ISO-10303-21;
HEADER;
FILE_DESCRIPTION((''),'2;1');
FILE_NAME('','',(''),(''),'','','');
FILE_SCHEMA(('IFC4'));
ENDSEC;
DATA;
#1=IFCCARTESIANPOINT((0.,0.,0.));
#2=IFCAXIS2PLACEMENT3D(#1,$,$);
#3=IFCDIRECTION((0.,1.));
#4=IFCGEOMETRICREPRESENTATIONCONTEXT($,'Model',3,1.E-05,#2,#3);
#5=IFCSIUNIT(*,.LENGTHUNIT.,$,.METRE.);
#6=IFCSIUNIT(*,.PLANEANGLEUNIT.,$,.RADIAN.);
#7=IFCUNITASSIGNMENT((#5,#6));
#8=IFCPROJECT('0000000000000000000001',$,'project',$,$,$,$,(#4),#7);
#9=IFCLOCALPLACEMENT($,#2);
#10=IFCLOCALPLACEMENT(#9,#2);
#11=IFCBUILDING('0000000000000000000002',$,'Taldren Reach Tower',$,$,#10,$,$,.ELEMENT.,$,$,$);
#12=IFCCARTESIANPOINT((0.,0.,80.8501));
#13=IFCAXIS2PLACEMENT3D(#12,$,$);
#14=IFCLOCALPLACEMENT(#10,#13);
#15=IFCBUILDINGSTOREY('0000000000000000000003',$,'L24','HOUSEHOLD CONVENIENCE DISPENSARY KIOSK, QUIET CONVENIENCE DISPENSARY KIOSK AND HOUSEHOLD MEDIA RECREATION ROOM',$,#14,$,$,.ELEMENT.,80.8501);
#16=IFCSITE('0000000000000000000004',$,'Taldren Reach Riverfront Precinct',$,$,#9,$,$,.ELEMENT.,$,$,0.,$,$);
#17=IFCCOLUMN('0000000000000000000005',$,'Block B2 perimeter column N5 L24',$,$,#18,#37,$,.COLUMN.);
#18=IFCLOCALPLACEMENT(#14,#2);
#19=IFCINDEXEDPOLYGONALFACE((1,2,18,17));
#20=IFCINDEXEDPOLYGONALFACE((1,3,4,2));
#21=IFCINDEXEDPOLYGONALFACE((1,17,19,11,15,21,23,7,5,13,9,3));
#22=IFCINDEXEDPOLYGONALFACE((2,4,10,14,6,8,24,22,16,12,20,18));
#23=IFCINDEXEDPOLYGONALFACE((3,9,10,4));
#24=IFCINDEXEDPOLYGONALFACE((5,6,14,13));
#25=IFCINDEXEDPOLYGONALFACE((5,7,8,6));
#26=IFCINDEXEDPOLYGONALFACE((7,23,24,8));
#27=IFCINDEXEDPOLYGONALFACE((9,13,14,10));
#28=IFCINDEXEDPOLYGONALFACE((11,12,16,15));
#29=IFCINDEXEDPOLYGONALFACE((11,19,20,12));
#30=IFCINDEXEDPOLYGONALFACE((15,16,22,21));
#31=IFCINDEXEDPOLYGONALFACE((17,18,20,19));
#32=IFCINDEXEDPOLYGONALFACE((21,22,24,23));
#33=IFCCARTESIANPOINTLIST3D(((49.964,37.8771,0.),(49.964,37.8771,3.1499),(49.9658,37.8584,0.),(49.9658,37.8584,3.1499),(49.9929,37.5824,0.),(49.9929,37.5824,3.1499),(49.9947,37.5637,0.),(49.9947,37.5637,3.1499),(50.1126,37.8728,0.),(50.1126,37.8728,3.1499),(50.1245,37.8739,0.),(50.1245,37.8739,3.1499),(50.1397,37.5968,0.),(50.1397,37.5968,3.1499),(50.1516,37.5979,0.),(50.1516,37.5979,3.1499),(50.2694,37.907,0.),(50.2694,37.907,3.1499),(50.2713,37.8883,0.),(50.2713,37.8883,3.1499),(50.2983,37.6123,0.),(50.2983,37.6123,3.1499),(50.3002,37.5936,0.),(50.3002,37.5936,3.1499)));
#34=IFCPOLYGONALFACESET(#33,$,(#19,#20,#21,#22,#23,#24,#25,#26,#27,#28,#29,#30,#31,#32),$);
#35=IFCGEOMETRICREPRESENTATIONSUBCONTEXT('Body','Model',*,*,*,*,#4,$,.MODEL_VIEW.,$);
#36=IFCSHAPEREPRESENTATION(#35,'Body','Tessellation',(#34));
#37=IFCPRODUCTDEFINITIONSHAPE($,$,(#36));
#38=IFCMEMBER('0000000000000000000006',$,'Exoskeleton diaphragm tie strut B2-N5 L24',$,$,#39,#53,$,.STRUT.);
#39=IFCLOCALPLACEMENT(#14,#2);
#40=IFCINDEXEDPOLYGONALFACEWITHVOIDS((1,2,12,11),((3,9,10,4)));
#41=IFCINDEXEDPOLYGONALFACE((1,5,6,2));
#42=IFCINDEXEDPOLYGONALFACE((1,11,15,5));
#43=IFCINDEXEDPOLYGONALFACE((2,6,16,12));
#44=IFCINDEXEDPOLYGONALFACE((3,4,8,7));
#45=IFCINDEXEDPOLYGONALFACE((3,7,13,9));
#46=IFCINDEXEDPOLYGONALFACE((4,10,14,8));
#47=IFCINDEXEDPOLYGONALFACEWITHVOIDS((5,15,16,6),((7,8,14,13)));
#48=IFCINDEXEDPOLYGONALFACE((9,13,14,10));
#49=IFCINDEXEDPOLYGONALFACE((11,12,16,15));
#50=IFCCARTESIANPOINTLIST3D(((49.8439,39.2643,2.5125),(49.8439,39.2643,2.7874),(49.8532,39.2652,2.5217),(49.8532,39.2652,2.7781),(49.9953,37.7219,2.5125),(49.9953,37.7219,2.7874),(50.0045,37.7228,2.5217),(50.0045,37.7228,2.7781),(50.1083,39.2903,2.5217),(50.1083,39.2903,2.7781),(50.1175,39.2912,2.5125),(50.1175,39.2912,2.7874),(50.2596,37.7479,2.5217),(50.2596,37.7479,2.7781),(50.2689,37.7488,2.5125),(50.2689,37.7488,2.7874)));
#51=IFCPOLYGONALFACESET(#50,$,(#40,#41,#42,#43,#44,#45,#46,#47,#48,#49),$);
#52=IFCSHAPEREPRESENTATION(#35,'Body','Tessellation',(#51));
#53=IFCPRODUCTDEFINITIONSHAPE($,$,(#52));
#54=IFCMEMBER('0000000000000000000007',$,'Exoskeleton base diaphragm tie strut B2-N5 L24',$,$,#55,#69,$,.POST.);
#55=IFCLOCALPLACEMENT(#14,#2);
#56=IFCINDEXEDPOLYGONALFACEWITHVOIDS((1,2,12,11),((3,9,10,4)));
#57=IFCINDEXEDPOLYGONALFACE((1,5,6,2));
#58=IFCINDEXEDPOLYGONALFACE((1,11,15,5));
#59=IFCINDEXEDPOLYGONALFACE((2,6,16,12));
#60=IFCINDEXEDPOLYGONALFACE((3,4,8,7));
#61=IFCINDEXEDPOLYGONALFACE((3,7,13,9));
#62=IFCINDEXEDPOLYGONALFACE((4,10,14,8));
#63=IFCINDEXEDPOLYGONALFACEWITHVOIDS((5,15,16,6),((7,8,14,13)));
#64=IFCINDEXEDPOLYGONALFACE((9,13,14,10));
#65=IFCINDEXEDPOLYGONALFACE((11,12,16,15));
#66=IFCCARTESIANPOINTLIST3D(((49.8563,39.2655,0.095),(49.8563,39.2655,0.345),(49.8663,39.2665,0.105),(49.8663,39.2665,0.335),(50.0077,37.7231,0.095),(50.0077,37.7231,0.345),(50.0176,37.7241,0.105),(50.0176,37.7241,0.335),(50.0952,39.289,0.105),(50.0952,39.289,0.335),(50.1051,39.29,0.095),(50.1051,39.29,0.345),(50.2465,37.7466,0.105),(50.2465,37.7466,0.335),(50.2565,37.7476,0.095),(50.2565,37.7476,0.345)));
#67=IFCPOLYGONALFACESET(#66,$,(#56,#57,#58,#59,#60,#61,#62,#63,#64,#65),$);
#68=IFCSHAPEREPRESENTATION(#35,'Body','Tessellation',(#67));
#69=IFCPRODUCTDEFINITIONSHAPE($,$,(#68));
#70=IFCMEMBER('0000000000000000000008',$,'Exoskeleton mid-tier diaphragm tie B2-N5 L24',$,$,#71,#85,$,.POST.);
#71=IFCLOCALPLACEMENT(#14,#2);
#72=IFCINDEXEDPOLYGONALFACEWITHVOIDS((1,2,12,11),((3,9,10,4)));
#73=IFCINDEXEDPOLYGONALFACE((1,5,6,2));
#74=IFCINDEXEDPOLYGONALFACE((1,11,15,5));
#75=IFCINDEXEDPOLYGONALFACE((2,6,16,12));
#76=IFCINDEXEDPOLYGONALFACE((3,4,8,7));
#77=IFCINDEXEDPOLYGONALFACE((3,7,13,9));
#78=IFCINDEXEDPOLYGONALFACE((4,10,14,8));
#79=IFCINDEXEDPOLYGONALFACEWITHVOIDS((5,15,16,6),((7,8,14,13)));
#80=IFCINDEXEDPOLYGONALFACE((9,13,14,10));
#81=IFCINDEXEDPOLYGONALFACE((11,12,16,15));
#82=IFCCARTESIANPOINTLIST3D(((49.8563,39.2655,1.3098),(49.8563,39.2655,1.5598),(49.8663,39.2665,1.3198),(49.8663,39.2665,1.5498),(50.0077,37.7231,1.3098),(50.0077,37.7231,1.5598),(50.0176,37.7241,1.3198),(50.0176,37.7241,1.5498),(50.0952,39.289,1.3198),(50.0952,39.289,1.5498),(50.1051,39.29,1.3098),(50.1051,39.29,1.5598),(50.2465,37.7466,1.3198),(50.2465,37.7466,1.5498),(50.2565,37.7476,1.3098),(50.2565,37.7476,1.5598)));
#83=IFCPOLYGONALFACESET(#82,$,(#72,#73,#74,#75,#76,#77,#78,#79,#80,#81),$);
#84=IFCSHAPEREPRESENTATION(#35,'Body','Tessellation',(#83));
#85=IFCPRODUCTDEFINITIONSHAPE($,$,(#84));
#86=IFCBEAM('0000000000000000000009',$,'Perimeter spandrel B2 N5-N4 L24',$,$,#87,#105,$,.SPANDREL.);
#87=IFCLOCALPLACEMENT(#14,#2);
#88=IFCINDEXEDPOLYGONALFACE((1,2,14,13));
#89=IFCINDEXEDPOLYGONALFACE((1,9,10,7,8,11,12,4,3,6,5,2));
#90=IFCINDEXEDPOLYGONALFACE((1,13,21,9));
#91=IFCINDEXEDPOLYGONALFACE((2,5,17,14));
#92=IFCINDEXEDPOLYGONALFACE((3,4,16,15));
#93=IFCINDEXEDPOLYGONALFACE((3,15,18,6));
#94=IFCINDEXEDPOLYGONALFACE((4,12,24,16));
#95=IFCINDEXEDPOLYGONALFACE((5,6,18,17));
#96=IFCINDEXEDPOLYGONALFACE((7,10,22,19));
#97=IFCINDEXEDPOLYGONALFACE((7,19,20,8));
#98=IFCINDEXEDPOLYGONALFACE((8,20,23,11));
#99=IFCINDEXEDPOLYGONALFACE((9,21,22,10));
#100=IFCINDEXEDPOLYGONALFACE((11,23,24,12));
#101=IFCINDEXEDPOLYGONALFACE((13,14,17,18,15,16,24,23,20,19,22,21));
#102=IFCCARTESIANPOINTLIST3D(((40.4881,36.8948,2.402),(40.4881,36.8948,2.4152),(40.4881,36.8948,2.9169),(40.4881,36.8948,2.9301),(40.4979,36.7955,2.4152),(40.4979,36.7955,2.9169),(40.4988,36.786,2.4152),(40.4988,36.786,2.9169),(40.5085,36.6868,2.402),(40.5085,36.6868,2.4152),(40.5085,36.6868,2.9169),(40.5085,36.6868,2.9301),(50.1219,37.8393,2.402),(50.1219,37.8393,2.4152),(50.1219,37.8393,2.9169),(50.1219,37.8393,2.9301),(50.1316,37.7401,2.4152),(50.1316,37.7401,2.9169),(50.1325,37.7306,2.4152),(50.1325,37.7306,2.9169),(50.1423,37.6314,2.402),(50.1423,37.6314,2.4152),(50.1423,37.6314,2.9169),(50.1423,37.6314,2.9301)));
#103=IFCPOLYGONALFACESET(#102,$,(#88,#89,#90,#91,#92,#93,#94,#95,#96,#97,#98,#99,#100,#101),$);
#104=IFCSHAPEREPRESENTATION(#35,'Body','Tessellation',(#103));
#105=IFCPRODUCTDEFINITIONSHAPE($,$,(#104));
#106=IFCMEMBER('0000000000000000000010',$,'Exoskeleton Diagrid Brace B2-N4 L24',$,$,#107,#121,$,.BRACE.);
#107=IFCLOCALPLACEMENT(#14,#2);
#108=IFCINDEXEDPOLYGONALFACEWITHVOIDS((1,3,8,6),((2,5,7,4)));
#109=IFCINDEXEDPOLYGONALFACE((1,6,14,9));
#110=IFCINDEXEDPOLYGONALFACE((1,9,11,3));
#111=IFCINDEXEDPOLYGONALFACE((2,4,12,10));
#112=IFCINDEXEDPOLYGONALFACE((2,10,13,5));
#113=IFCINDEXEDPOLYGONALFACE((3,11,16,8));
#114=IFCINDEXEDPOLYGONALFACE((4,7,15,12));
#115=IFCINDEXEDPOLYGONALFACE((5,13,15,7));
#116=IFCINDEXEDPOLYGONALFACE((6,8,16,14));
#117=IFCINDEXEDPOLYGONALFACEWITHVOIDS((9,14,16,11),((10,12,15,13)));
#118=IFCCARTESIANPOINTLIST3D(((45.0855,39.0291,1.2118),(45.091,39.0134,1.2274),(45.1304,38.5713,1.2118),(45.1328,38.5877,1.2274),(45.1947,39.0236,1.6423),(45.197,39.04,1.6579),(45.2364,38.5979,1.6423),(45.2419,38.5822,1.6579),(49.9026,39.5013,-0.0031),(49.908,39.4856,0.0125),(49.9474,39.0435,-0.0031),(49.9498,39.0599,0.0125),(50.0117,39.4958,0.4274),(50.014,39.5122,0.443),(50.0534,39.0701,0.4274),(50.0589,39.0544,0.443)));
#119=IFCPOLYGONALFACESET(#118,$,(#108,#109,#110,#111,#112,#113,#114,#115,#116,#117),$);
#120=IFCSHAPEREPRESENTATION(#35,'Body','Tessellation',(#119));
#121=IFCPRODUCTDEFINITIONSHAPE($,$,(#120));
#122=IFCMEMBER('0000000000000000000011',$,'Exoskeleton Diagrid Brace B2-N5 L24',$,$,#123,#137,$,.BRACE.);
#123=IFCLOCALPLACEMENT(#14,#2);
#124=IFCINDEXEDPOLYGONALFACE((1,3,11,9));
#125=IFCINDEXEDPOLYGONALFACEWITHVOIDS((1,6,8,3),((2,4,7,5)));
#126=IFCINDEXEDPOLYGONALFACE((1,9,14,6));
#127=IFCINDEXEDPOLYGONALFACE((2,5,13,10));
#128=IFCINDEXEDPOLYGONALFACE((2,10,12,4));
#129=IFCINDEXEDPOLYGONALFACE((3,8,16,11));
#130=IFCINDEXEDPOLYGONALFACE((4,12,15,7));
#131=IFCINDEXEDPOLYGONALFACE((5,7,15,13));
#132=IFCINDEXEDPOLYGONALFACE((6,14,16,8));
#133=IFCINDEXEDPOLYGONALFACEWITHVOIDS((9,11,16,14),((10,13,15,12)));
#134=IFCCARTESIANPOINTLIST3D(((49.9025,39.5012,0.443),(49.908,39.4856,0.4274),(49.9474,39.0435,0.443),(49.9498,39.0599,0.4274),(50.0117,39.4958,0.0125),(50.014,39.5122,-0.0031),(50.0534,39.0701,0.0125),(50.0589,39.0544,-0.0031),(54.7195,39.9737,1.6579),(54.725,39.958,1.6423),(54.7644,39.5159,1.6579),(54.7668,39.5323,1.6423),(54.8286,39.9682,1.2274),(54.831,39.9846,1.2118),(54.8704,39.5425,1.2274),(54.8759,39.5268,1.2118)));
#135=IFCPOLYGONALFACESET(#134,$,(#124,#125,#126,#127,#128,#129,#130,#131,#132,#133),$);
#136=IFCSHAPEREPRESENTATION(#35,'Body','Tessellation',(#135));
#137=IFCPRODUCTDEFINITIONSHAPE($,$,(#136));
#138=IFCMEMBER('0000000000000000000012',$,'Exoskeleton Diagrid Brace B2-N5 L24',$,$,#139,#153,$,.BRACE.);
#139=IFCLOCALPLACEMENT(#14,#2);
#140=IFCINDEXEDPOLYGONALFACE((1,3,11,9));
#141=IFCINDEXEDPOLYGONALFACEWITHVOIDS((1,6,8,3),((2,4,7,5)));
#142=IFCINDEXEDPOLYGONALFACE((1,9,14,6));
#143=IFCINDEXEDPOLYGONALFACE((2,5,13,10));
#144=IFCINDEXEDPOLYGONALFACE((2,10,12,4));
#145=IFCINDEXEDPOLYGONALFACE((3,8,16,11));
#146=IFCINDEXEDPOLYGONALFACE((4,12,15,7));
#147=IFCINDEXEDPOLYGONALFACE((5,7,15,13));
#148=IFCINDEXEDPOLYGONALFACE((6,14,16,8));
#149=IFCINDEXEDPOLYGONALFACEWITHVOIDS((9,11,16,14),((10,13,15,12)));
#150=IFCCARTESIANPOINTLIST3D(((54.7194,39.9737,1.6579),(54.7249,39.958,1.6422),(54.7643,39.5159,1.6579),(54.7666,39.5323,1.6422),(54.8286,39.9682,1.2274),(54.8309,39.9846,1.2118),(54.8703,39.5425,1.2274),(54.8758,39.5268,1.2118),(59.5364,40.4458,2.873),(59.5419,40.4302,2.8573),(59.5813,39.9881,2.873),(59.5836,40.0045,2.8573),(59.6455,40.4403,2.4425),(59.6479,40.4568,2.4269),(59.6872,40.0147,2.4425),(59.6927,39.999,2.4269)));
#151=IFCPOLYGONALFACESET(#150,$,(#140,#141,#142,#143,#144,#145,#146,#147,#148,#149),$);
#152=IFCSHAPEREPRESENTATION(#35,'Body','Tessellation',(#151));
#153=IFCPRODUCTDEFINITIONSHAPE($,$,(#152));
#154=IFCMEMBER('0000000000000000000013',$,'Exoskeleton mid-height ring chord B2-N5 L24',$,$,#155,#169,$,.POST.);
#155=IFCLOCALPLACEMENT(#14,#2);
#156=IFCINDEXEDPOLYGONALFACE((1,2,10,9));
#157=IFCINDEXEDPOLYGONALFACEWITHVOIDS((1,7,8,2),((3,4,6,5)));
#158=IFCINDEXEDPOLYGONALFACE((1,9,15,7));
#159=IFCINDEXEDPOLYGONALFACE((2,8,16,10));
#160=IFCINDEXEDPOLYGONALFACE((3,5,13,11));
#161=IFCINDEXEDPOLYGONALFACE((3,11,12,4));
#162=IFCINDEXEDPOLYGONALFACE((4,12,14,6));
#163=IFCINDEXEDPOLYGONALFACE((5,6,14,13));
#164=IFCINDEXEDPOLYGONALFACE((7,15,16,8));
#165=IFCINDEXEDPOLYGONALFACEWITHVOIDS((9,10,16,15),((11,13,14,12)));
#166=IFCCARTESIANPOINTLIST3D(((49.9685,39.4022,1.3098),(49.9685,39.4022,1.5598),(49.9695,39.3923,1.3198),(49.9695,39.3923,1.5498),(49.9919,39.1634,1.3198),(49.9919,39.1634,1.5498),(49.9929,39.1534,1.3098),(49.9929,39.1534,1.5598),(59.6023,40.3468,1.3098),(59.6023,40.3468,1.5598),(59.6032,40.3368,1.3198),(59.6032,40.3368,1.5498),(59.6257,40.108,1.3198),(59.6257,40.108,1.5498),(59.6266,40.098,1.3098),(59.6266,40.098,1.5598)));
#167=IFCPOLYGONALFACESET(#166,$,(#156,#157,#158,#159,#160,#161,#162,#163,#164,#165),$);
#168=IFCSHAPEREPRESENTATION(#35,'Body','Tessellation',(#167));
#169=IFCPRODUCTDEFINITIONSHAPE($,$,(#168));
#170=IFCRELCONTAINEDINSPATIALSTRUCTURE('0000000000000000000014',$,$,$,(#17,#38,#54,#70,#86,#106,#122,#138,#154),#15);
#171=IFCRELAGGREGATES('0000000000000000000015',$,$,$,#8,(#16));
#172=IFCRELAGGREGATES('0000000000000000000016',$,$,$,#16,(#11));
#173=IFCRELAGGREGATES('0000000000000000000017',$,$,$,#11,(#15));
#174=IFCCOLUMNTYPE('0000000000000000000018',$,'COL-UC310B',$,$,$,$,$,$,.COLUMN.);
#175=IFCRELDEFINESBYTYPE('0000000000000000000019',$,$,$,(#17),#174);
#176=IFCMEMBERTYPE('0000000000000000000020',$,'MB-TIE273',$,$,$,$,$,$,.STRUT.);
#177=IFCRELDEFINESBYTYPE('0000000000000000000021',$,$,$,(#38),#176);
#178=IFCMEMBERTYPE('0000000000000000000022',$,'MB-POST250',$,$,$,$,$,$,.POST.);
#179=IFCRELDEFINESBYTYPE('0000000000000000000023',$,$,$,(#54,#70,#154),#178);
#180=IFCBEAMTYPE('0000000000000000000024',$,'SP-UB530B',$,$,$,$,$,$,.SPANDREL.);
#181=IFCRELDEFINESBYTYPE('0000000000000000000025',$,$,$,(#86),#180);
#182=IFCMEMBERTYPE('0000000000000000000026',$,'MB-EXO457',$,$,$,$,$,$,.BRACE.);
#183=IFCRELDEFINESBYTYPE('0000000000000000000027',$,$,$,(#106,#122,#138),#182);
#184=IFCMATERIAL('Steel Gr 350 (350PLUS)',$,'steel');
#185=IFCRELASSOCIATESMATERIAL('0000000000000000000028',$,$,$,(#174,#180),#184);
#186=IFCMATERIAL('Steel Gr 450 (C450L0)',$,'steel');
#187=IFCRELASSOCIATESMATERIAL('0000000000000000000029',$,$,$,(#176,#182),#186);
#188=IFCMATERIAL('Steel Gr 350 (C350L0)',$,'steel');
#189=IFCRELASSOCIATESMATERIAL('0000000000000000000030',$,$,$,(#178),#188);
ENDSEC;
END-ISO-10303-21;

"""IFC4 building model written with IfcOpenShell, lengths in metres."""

from ifc_helpers import new_model, si_unit, direction, frame, origin, origin_2d, place, context, subcontext, project, spatial, hollow_rectangle, i_section, extrude, source, transform, mapped, material, material_profile, profile_set, type_object, element, save


model = new_model("IFC4")

# Units and contexts
model_context = context("Model", 3, precision=1e-05, world=origin(), true_north=direction((0.0, 1.0)))
body_context = subcontext(model_context, "Body", "Model", "MODEL_VIEW")
ifc_project = project(units=[si_unit("LENGTHUNIT", "METRE"), si_unit("PLANEANGLEUNIT", "RADIAN")], contexts=[model_context])

# Site, building, storey
site_placement = place(None, origin())
site = spatial("IfcSite", under=ifc_project, at=site_placement, Name="Taldren Reach Riverfront Precinct", CompositionType="ELEMENT", RefElevation=0.0)
building_placement = place(site_placement, origin())
building = spatial("IfcBuilding", under=site, at=building_placement, Name="Taldren Reach Tower", CompositionType="ELEMENT")
storey_placement = place(building_placement, frame((0.0, 0.0, 80.8501)))
storey = spatial("IfcBuildingStorey", under=building, at=storey_placement, Name="L24", Description="HOUSEHOLD CONVENIENCE DISPENSARY KIOSK, QUIET CONVENIENCE DISPENSARY KIOSK AND HOUSEHOLD MEDIA RECREATION ROOM", CompositionType="ELEMENT", Elevation=80.8501)

# Column
ifc_material_1 = material(Name="Steel Gr 350 (350PLUS)", Category="steel")
ifc_material_profile_1 = material_profile(ifc_material_1, i_section(OverallWidth=0.3069, OverallDepth=0.3149, WebThickness=0.012, FlangeThickness=0.0188, at=origin_2d()), Name="310UC118")
ifc_profile_set_1 = profile_set([ifc_material_profile_1], Name="Steel Gr 350 (350PLUS)")
column_type = type_object("IfcColumnType", Name="COL-UC310B", PredefinedType="COLUMN", material=ifc_profile_set_1)
shared_shape_1 = source(origin(), body_context, "Body", "SweptSolid", [
    extrude(i_section(OverallWidth=0.3069, OverallDepth=0.3149, WebThickness=0.012, FlangeThickness=0.0188, at=origin_2d()), origin(), (0.0, 0.0, 1.0), 3.1499),
])
column_placement = place(storey_placement, frame((50.1321, 37.7354, 0.0), z_axis=(0.0, 0.0, 1.0), x_axis=(0.995227, 0.097583, 0.0)))
element("IfcColumn", 1, at=column_placement, inside=storey, type_object=column_type, Name="Block B2 perimeter column N5 L24", PredefinedType="COLUMN", context=body_context, shape_type="MappedRepresentation", body=[
    mapped(shared_shape_1, transform((0.0, 0.0, 0.0), scale=1.0)),
])

# Members
ifc_material_2 = material(Name="Steel Gr 450 (C450L0)", Category="steel")
ifc_material_profile_2 = material_profile(ifc_material_2, hollow_rectangle(XDim=0.2749, YDim=0.2749, WallThickness=0.0093, at=origin_2d()), Name="275x275x9.3SHS")
ifc_profile_set_2 = profile_set([ifc_material_profile_2], Name="Steel Gr 450 (C450L0)")
member_type_1 = type_object("IfcMemberType", Name="MB-TIE273", PredefinedType="STRUT", material=ifc_profile_set_2)
shared_shape_2 = source(origin(), body_context, "Body", "SweptSolid", [
    extrude(hollow_rectangle(XDim=0.2749, YDim=0.2749, WallThickness=0.0093, at=origin_2d()), origin(), (0.0, 0.0, 1.0), 1.5498),
])
member_1_placement = place(storey_placement, frame((50.1321, 37.7354, 2.6499), z_axis=(-0.097663, 0.99522, 0.0), x_axis=(-0.99522, -0.097663, 0.0)))
element("IfcMember", 2, at=member_1_placement, inside=storey, type_object=member_type_1, Name="Exoskeleton diaphragm tie strut B2-N5 L24", PredefinedType="STRUT", context=body_context, shape_type="MappedRepresentation", body=[
    mapped(shared_shape_2, transform((0.0, 0.0, 0.0), scale=1.0)),
])
ifc_material_3 = material(Name="Steel Gr 350 (C350L0)", Category="steel")
ifc_material_profile_3 = material_profile(ifc_material_3, hollow_rectangle(XDim=0.25, YDim=0.25, WallThickness=0.01, at=origin_2d()), Name="250x250x10.0SHS")
ifc_profile_set_3 = profile_set([ifc_material_profile_3], Name="Steel Gr 350 (C350L0)")
member_type_2 = type_object("IfcMemberType", Name="MB-POST250", PredefinedType="POST", material=ifc_profile_set_3)
shared_shape_3 = source(origin(), body_context, "Body", "SweptSolid", [
    extrude(hollow_rectangle(XDim=0.25, YDim=0.25, WallThickness=0.01, at=origin_2d()), origin(), (0.0, 0.0, 1.0), 1.5498),
])
for number, where, z_axis, x_axis, name in (
    (3, (50.1321, 37.7354, 0.22), (-0.097663, 0.99522, 0.0), (-0.99522, -0.097663, 0.0), "Exoskeleton base diaphragm tie strut B2-N5 L24"),
    (4, (50.1321, 37.7354, 1.4348), (-0.097663, 0.99522, 0.0), (-0.99522, -0.097663, 0.0), "Exoskeleton mid-tier diaphragm tie B2-N5 L24"),
):
    element("IfcMember", number, at=place(storey_placement, frame(where, z_axis=z_axis, x_axis=x_axis)), inside=storey, type_object=member_type_2, Name=name, PredefinedType="POST", context=body_context, shape_type="MappedRepresentation", body=[
        mapped(shared_shape_3, transform((0.0, 0.0, 0.0), scale=1.0)),
    ])

# Beam
ifc_material_profile_4 = material_profile(ifc_material_1, i_section(OverallWidth=0.209, OverallDepth=0.5281, WebThickness=0.0095, FlangeThickness=0.0132, at=origin_2d()), Name="530UB82.0")
ifc_profile_set_4 = profile_set([ifc_material_profile_4], Name="Steel Gr 350 (350PLUS)")
beam_type = type_object("IfcBeamType", Name="SP-UB530B", PredefinedType="SPANDREL", material=ifc_profile_set_4)
shared_shape_4 = source(origin(), body_context, "Body", "SweptSolid", [
    extrude(i_section(OverallWidth=0.209, OverallDepth=0.5281, WebThickness=0.0095, FlangeThickness=0.0132, at=origin_2d()), origin(), (0.0, 0.0, 1.0), 9.6799),
])
beam_placement = place(storey_placement, frame((50.1321, 37.7354, 2.666), z_axis=(-0.995228, -0.097581, 0.0), x_axis=(0.097581, -0.995228, 0.0)))
element("IfcBeam", 5, at=beam_placement, inside=storey, type_object=beam_type, Name="Perimeter spandrel B2 N5-N4 L24", PredefinedType="SPANDREL", context=body_context, shape_type="MappedRepresentation", body=[
    mapped(shared_shape_4, transform((0.0, 0.0, 0.0), scale=1.0)),
])

# Members
ifc_material_profile_5 = material_profile(ifc_material_2, hollow_rectangle(XDim=0.46, YDim=0.46, WallThickness=0.0161, at=origin_2d()), Name="460x460x16.0SHS")
ifc_profile_set_5 = profile_set([ifc_material_profile_5], Name="Steel Gr 450 (C450L0)")
member_type_3 = type_object("IfcMemberType", Name="MB-EXO457", PredefinedType="BRACE", material=ifc_profile_set_5)
shared_shape_5 = source(origin(), body_context, "Body", "SweptSolid", [
    extrude(hollow_rectangle(XDim=0.46, YDim=0.46, WallThickness=0.0161, at=origin_2d()), origin(), (0.0, 0.0, 1.0), 4.9902),
])
for number, where, z_axis, x_axis, name in (
    (6, (49.9807, 39.2778, 0.22), (-0.965287, -0.094621, 0.24345), (0.097556, -0.99523, 0.0), "Exoskeleton Diagrid Brace B2-N4 L24"),
    (7, (49.9807, 39.2778, 0.22), (0.965283, 0.094669, 0.243449), (-0.097606, 0.995225, 0.0), "Exoskeleton Diagrid Brace B2-N5 L24"),
    (8, (54.7976, 39.7502, 1.4348), (0.965276, 0.09462, 0.243496), (-0.097556, 0.99523, 0.0), "Exoskeleton Diagrid Brace B2-N5 L24"),
):
    element("IfcMember", number, at=place(storey_placement, frame(where, z_axis=z_axis, x_axis=x_axis)), inside=storey, type_object=member_type_3, Name=name, PredefinedType="BRACE", context=body_context, shape_type="MappedRepresentation", body=[
        mapped(shared_shape_5, transform((0.0, 0.0, 0.0), scale=1.0)),
    ])
shared_shape_6 = source(origin(), body_context, "Body", "SweptSolid", [
    extrude(hollow_rectangle(XDim=0.25, YDim=0.25, WallThickness=0.01, at=origin_2d()), origin(), (0.0, 0.0, 1.0), 9.6799),
])
member_2_placement = place(storey_placement, frame((49.9807, 39.2778, 1.4348), z_axis=(0.995228, 0.097581, 0.0), x_axis=(-0.097581, 0.995228, 0.0)))
element("IfcMember", 9, at=member_2_placement, inside=storey, type_object=member_type_2, Name="Exoskeleton mid-height ring chord B2-N5 L24", PredefinedType="POST", context=body_context, shape_type="MappedRepresentation", body=[
    mapped(shared_shape_6, transform((0.0, 0.0, 0.0), scale=1.0)),
])

save(model, "model.ifc")
